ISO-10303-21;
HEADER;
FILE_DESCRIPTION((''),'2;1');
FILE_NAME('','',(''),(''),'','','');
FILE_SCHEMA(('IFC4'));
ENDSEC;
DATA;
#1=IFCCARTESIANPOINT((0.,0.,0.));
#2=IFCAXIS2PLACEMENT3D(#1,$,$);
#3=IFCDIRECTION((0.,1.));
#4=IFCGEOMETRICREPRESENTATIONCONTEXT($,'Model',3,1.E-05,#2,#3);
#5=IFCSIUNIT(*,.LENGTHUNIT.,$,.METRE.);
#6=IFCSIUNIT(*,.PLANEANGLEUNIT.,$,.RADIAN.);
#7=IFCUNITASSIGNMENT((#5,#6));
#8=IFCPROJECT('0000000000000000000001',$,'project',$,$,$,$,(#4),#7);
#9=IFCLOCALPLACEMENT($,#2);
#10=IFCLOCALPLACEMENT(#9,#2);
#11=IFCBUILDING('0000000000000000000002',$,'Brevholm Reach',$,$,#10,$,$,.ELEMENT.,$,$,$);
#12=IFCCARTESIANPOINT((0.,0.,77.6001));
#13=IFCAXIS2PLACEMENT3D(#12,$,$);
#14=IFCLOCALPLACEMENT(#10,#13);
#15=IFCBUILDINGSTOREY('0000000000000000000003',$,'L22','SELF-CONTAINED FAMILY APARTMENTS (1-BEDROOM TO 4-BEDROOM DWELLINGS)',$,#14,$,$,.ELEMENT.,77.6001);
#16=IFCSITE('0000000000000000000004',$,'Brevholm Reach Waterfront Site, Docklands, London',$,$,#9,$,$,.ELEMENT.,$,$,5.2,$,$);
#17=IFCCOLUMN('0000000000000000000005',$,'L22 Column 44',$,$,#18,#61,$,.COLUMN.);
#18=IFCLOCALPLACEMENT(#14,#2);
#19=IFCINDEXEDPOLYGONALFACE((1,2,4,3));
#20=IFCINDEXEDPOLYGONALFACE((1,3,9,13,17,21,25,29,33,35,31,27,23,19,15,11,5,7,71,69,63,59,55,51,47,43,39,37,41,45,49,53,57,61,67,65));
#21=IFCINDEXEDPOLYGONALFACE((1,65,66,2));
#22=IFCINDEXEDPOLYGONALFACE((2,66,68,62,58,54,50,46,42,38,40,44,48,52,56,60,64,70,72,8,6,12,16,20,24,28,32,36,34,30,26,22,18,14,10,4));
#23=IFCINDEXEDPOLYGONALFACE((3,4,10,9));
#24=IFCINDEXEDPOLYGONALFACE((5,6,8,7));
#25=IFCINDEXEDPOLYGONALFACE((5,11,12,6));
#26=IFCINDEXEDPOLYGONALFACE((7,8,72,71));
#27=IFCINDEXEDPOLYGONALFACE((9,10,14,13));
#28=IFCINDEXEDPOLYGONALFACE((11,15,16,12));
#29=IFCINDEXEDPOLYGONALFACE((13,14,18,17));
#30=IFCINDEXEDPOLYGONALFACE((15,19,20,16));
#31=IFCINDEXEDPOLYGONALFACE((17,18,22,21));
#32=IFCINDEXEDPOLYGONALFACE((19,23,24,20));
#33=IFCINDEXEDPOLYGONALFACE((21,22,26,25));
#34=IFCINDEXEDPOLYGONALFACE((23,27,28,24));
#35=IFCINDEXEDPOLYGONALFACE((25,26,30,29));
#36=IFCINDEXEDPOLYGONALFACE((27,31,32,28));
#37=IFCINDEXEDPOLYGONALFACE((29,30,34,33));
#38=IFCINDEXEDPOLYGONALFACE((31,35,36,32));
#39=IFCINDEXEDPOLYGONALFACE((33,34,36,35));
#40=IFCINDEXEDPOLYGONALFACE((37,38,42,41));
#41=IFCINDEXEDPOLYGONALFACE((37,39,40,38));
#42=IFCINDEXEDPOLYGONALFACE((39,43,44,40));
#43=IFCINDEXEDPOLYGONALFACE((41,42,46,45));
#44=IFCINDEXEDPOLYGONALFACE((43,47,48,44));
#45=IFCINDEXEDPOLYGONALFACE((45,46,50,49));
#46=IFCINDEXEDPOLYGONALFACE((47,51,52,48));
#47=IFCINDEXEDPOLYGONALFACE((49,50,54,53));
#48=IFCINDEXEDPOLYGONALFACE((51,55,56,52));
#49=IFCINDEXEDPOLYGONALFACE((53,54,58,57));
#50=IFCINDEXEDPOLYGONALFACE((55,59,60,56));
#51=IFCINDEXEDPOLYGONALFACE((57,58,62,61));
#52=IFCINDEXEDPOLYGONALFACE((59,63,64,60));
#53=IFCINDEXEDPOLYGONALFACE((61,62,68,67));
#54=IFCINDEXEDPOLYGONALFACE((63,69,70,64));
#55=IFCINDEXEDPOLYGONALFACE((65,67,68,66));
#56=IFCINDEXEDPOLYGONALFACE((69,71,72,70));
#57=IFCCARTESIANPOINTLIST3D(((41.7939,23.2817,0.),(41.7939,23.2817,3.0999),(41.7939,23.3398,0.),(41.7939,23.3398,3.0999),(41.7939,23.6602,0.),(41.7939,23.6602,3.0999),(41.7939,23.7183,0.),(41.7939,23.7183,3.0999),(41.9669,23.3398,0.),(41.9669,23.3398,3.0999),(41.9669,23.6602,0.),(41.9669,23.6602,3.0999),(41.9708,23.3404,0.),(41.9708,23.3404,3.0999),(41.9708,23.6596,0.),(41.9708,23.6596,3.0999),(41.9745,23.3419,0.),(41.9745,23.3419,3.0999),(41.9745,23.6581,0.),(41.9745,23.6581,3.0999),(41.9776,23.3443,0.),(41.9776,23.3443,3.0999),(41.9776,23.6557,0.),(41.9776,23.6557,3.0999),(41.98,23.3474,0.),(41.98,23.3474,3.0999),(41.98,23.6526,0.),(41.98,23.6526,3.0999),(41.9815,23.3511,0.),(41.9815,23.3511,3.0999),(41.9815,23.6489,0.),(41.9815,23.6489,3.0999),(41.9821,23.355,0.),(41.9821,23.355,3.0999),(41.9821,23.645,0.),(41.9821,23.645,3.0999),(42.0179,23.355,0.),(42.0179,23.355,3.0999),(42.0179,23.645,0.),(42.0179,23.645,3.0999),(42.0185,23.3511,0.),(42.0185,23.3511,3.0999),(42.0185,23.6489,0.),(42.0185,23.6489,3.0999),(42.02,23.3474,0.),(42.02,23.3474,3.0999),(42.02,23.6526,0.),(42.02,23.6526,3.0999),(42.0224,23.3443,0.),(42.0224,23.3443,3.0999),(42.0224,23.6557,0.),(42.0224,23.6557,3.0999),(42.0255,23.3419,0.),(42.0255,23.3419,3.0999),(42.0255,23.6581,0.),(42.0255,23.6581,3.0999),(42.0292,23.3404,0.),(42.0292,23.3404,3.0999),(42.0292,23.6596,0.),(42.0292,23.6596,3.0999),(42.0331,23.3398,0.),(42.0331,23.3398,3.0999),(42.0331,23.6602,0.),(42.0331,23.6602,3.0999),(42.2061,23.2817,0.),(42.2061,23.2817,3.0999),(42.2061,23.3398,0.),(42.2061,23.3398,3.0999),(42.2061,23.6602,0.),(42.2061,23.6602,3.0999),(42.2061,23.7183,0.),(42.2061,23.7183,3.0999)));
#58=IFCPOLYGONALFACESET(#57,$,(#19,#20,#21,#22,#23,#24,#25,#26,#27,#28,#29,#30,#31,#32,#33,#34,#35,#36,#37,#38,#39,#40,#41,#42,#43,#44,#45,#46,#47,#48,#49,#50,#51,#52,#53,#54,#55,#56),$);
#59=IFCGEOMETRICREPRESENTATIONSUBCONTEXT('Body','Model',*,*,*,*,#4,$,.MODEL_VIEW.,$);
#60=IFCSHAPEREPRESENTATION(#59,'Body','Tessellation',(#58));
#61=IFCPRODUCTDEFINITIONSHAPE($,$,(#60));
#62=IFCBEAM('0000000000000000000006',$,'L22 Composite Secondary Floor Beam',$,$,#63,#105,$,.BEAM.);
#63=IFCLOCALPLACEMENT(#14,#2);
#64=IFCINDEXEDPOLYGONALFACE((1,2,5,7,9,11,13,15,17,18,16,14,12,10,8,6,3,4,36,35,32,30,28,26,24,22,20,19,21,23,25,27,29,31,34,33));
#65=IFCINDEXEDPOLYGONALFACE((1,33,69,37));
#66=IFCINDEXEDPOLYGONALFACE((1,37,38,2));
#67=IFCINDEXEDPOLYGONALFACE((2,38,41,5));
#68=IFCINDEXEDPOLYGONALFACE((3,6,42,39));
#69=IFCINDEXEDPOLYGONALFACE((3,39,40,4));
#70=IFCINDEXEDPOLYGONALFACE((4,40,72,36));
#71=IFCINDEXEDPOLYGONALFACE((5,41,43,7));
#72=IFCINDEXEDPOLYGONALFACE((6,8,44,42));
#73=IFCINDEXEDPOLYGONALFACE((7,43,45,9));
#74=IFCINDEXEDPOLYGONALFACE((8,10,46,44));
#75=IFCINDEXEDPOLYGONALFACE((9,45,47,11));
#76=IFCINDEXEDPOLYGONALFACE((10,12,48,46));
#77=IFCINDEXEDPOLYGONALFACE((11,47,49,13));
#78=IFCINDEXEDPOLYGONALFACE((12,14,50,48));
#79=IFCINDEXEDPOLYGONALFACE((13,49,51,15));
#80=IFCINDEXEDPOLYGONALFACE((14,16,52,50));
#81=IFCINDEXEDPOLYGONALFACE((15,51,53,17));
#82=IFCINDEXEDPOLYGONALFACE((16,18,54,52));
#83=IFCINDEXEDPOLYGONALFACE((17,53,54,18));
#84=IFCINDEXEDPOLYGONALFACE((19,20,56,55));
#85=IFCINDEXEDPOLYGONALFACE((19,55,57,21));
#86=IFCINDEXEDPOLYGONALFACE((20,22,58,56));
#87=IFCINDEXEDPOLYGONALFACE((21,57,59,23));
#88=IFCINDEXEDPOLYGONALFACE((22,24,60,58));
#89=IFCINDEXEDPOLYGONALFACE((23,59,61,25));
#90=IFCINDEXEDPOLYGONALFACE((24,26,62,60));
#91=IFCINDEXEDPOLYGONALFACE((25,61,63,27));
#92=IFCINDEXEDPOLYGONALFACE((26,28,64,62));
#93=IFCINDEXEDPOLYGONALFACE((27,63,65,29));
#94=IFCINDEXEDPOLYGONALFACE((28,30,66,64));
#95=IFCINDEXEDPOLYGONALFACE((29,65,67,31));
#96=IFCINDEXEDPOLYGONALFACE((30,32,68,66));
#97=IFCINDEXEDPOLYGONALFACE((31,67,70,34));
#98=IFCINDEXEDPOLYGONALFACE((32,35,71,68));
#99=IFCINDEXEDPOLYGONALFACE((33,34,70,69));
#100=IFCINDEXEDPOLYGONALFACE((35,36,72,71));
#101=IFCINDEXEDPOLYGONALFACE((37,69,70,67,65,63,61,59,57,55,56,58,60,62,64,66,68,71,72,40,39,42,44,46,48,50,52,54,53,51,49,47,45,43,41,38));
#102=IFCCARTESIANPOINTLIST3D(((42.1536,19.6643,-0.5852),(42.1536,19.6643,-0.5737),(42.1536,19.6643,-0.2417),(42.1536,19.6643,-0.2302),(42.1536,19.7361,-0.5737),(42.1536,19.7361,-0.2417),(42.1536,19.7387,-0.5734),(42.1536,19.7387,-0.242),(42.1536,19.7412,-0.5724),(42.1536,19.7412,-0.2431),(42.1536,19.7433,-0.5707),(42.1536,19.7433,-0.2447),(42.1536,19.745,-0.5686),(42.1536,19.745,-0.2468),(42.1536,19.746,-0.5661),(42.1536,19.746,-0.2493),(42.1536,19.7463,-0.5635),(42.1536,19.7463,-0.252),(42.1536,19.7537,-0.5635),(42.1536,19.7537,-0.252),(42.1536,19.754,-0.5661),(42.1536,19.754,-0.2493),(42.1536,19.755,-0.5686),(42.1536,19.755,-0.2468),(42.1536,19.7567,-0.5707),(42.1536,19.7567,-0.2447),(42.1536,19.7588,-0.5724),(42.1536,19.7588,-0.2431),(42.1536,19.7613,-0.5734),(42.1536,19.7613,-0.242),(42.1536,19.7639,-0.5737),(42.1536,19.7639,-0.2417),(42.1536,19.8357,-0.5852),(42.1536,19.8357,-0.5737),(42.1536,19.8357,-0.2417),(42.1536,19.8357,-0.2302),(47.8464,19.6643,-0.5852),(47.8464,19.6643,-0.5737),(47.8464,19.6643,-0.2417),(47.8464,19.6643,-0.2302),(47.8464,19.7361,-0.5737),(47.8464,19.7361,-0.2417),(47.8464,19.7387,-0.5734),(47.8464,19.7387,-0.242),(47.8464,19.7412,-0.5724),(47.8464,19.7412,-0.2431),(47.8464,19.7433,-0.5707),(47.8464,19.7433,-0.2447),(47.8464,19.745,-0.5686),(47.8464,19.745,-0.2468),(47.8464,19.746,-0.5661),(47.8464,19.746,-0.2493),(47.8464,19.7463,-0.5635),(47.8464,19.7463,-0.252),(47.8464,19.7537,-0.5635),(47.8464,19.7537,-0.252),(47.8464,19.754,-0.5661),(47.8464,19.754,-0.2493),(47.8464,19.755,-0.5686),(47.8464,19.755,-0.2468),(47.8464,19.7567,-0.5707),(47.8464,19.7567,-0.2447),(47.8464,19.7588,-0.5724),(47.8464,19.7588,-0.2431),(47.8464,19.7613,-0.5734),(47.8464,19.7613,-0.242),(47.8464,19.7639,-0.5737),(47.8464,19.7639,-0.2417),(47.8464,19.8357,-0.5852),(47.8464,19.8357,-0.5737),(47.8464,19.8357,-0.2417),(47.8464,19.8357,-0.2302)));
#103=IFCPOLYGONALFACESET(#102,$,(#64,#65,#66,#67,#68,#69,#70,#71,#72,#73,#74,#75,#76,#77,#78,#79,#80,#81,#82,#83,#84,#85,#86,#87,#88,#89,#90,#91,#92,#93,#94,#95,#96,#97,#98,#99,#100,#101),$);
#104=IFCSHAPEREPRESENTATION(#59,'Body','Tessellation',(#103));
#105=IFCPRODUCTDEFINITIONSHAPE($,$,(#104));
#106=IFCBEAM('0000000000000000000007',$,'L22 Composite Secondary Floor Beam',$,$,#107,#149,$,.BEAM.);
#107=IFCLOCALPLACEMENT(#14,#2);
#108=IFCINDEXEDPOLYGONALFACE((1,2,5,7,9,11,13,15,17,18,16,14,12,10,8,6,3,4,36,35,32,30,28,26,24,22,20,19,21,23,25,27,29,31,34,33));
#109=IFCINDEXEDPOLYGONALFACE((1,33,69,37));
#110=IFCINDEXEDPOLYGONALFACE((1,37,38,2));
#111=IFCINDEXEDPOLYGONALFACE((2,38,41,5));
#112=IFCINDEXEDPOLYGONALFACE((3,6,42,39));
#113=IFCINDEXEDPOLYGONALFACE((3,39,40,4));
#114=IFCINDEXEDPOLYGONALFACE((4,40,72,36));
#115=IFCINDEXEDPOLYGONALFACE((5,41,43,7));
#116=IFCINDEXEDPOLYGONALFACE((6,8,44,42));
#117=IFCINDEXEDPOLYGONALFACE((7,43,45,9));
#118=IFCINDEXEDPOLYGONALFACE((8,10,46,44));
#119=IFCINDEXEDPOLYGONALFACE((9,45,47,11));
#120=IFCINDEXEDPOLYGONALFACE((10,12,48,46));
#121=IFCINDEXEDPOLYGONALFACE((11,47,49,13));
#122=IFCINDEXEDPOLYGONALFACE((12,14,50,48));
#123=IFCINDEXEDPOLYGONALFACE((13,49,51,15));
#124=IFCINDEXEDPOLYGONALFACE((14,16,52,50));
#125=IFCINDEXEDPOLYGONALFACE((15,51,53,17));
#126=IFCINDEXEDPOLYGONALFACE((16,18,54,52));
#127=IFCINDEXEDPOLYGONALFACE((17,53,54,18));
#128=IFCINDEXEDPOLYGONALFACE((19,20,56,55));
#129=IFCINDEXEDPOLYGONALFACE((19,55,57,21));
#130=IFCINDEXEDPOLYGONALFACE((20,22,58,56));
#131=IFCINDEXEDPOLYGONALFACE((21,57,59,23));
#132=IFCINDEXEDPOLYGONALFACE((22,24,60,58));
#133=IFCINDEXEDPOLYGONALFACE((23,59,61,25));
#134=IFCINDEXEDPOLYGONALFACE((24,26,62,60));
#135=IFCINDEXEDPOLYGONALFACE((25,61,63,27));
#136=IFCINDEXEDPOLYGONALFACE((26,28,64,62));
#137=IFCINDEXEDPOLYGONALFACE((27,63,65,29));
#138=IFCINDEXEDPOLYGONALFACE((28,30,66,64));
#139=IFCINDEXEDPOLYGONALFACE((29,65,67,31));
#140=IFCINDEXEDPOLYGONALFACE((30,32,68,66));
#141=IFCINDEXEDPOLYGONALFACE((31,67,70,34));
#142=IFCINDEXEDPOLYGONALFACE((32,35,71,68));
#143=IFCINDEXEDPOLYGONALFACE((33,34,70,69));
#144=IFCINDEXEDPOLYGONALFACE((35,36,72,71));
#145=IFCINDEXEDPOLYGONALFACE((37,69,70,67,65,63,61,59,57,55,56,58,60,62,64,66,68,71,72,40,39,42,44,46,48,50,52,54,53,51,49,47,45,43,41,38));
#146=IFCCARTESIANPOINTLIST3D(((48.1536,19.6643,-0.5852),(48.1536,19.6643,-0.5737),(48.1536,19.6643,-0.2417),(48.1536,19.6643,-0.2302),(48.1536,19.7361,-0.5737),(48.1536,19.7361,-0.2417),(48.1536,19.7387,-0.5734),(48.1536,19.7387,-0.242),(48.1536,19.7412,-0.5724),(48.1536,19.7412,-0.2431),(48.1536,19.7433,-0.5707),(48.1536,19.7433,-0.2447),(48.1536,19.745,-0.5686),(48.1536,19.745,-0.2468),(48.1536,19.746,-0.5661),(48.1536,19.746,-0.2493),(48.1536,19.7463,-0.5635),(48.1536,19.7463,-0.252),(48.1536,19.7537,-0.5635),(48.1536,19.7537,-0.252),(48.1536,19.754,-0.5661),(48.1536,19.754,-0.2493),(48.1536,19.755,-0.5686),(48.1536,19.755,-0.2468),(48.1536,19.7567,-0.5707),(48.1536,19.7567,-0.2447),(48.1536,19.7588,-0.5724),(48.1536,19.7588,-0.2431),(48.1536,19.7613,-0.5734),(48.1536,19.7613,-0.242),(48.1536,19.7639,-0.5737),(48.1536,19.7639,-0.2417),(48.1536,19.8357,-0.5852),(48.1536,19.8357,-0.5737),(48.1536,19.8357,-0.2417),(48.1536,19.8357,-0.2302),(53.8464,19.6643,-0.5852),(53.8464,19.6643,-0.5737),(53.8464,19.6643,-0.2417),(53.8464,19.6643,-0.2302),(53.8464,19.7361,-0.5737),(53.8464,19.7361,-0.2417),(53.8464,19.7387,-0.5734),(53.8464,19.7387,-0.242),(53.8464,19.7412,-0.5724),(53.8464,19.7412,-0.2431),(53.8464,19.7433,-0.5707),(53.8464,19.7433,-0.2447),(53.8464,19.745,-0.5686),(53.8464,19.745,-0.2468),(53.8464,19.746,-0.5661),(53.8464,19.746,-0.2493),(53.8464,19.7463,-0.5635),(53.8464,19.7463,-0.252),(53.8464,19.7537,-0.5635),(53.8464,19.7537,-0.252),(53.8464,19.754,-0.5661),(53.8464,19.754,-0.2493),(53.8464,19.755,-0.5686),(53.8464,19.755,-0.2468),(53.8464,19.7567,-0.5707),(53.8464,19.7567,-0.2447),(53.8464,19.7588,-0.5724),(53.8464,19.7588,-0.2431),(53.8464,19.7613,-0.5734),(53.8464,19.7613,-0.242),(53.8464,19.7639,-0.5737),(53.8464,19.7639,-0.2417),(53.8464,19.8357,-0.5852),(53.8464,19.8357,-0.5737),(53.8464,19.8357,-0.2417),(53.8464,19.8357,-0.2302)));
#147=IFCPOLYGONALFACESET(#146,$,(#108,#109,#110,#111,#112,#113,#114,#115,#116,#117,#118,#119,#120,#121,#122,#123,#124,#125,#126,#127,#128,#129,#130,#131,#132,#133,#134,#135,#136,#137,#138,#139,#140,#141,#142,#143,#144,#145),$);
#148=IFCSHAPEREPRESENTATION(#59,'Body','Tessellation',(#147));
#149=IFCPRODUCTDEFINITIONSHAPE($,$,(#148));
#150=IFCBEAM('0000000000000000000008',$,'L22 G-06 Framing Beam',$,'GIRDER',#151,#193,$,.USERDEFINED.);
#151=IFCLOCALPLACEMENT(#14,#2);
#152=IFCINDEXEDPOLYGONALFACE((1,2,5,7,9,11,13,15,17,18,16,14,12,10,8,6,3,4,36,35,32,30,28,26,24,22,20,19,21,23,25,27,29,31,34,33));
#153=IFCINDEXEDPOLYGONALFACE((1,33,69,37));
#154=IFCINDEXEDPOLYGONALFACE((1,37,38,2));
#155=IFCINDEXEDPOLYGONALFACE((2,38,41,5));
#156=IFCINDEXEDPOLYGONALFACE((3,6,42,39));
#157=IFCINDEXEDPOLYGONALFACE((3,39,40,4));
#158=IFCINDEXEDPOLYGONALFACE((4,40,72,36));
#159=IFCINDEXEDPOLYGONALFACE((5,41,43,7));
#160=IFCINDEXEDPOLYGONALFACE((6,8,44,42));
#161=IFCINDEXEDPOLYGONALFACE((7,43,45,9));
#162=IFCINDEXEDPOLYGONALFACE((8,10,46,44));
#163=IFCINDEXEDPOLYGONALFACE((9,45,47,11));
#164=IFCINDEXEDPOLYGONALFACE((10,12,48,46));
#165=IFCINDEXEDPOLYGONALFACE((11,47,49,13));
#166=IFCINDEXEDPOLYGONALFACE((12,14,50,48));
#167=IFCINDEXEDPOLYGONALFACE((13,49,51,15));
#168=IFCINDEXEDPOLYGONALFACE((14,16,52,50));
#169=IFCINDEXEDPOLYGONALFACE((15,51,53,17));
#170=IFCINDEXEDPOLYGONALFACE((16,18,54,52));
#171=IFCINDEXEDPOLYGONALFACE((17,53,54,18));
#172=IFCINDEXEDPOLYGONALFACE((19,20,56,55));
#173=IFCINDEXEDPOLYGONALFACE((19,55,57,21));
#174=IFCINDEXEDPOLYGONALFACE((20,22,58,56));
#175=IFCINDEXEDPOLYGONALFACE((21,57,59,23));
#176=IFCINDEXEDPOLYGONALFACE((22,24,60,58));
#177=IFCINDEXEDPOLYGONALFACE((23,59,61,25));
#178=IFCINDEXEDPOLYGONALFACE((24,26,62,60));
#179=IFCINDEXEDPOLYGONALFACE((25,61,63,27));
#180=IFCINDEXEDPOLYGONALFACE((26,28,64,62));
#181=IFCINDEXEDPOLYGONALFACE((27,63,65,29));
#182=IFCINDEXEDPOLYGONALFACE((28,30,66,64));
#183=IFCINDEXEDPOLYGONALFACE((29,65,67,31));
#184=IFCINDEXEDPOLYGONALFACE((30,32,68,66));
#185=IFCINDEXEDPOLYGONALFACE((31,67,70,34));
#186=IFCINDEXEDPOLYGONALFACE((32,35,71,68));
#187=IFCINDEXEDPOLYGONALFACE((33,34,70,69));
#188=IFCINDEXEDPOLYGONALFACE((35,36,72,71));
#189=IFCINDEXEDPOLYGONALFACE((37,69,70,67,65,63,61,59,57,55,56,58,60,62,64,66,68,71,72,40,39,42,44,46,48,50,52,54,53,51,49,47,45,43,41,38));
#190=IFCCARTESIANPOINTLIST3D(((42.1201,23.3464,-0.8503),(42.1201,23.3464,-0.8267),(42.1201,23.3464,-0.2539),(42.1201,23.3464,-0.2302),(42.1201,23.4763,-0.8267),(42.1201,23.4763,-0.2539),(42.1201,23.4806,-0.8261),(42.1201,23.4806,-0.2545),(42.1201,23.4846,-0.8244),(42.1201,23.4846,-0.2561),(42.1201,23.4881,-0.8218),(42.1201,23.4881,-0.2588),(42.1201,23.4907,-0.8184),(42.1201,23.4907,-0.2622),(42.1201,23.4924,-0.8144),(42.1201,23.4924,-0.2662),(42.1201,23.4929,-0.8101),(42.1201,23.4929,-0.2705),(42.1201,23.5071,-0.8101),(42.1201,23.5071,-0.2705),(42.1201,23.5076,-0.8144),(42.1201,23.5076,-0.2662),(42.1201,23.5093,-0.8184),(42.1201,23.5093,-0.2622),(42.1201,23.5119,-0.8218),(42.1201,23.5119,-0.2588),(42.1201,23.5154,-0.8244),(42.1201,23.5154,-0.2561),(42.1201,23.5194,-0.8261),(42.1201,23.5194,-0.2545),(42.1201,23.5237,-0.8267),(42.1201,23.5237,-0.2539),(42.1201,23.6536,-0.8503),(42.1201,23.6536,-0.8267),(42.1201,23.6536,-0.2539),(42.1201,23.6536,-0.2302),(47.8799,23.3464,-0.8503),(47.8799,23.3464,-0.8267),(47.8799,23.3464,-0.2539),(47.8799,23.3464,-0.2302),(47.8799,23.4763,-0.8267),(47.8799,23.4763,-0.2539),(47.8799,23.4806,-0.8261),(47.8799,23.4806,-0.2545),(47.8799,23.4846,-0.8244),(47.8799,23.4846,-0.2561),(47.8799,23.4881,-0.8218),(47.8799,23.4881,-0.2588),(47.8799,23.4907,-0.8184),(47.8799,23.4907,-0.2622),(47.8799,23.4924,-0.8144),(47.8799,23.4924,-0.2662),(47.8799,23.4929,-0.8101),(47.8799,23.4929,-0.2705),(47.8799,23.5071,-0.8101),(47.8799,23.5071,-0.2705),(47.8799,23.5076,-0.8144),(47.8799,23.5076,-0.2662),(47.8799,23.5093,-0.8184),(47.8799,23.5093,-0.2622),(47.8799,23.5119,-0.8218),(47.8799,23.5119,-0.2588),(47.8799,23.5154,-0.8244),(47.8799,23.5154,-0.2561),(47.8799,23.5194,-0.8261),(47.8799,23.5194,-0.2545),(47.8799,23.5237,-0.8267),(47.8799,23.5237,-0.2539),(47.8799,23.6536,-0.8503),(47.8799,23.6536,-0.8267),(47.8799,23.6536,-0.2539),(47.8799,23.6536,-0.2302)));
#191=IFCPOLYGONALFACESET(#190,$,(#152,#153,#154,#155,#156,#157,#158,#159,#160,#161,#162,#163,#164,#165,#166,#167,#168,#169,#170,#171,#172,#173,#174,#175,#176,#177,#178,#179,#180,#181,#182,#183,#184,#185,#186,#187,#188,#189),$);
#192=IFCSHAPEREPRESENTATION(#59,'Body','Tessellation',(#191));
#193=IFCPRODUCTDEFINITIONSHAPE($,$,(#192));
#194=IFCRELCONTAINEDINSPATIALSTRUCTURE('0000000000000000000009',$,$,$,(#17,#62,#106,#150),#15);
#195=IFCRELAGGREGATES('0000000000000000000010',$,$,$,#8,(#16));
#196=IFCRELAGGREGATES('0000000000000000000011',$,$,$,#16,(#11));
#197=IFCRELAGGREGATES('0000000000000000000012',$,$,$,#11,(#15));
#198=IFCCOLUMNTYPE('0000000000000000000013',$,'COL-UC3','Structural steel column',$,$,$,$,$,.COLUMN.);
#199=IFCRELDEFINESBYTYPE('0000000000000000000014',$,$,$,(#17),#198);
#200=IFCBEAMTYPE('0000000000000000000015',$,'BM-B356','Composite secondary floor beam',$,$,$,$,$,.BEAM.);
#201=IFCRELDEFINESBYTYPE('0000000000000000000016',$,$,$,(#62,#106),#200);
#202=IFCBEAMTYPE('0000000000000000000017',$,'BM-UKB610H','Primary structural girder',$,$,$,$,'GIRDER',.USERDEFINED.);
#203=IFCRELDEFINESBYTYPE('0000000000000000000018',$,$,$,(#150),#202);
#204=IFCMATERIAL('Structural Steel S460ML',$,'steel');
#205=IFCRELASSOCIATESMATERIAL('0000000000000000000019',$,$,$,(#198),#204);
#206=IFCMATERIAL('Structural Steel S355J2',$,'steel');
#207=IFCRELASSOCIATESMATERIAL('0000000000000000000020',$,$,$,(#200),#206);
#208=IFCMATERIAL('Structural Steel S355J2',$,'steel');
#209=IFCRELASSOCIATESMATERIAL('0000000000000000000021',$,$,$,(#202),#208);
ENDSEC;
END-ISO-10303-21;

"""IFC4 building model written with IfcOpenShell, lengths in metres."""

from ifc_helpers import new_model, si_unit, direction, frame, origin, origin_2d, place, context, subcontext, project, spatial, i_section, extrude, material, material_profile, profile_set, type_object, element, save


model = new_model("IFC4")

# Units and contexts
model_context = context("Model", 3, precision=1e-05, world=origin(), true_north=direction((0.0, 1.0)))
body_context = subcontext(model_context, "Body", "Model", "MODEL_VIEW")
ifc_project = project(units=[si_unit("LENGTHUNIT", "METRE"), si_unit("PLANEANGLEUNIT", "RADIAN")], contexts=[model_context])

# Site, building, storey
site_placement = place(None, origin())
site = spatial("IfcSite", under=ifc_project, at=site_placement, Name="Brevholm Reach Waterfront Site, Docklands, London", CompositionType="ELEMENT", RefElevation=5.2)
building_placement = place(site_placement, origin())
building = spatial("IfcBuilding", under=site, at=building_placement, Name="Brevholm Reach", CompositionType="ELEMENT")
storey_placement = place(building_placement, frame((0.0, 0.0, 77.6001)))
storey = spatial("IfcBuildingStorey", under=building, at=storey_placement, Name="L22", Description="SELF-CONTAINED FAMILY APARTMENTS (1-BEDROOM TO 4-BEDROOM DWELLINGS)", CompositionType="ELEMENT", Elevation=77.6001)

# Column
ifc_material_1 = material(Name="Structural Steel S460ML", Category="steel")
ifc_material_profile_1 = material_profile(ifc_material_1, i_section(OverallWidth=0.4121, OverallDepth=0.4365, WebThickness=0.0359, FlangeThickness=0.0581, FilletRadius=0.0151, at=origin_2d()), Name="UKC 356x406x467")
ifc_profile_set_1 = profile_set([ifc_material_profile_1], Name="Structural Steel S460ML")
column_type = type_object("IfcColumnType", Name="COL-UC3", Description="Structural steel column", PredefinedType="COLUMN", material=ifc_profile_set_1)
column_placement = place(storey_placement, frame((42.0, 23.5, 0.0), z_axis=(0.0, 0.0, 1.0), x_axis=(1.0, 0.0, 0.0)))
element("IfcColumn", 1, at=column_placement, inside=storey, type_object=column_type, Name="L22 Column 44", PredefinedType="COLUMN", context=body_context, shape_type="SweptSolid", body=[
    extrude(i_section(OverallWidth=0.4121, OverallDepth=0.4365, WebThickness=0.0359, FlangeThickness=0.0581, FilletRadius=0.0151, at=origin_2d()), origin(), (0.0, 0.0, 1.0), 3.0999),
])

# Beams
ifc_material_2 = material(Name="Structural Steel S355J2", Category="steel")
ifc_material_profile_2 = material_profile(ifc_material_2, i_section(OverallWidth=0.1714, OverallDepth=0.355, WebThickness=0.0073, FlangeThickness=0.0115, FilletRadius=0.0103, at=origin_2d()), Name="UKB 356x171x51")
ifc_profile_set_2 = profile_set([ifc_material_profile_2], Name="Structural Steel S355J2")
beam_type_1 = type_object("IfcBeamType", Name="BM-B356", Description="Composite secondary floor beam", PredefinedType="BEAM", material=ifc_profile_set_2)
for number, where, z_axis, x_axis, name in (
    (2, (42.1536, 19.75, -0.4077), (1.0, 0.0, 0.0), (0.0, 1.0, 0.0), "L22 Composite Secondary Floor Beam"),
    (3, (48.1536, 19.75, -0.4077), (1.0, 0.0, 0.0), (0.0, 1.0, 0.0), "L22 Composite Secondary Floor Beam"),
):
    element("IfcBeam", number, at=place(storey_placement, frame(where, z_axis=z_axis, x_axis=x_axis)), inside=storey, type_object=beam_type_1, Name=name, PredefinedType="BEAM", context=body_context, shape_type="SweptSolid", body=[
        extrude(i_section(OverallWidth=0.1714, OverallDepth=0.355, WebThickness=0.0073, FlangeThickness=0.0115, FilletRadius=0.0103, at=origin_2d()), origin(), (0.0, 0.0, 1.0), 5.6929),
    ])
ifc_material_3 = material(Name="Structural Steel S355J2", Category="steel")
ifc_material_profile_3 = material_profile(ifc_material_3, i_section(OverallWidth=0.3071, OverallDepth=0.6201, WebThickness=0.0142, FlangeThickness=0.0237, FilletRadius=0.0166, at=origin_2d()), Name="UKB 610x305x179")
ifc_profile_set_3 = profile_set([ifc_material_profile_3], Name="Structural Steel S355J2")
beam_type_2 = type_object("IfcBeamType", Name="BM-UKB610H", Description="Primary structural girder", ElementType="GIRDER", PredefinedType="USERDEFINED", material=ifc_profile_set_3)
beam_placement = place(storey_placement, frame((42.1201, 23.5, -0.5403), z_axis=(1.0, 0.0, 0.0), x_axis=(0.0, 1.0, 0.0)))
element("IfcBeam", 4, at=beam_placement, inside=storey, type_object=beam_type_2, Name="L22 G-06 Framing Beam", ObjectType="GIRDER", PredefinedType="USERDEFINED", context=body_context, shape_type="SweptSolid", body=[
    extrude(i_section(OverallWidth=0.3071, OverallDepth=0.6201, WebThickness=0.0142, FlangeThickness=0.0237, FilletRadius=0.0166, at=origin_2d()), origin(), (0.0, 0.0, 1.0), 5.7598),
])

save(model, "model.ifc")
